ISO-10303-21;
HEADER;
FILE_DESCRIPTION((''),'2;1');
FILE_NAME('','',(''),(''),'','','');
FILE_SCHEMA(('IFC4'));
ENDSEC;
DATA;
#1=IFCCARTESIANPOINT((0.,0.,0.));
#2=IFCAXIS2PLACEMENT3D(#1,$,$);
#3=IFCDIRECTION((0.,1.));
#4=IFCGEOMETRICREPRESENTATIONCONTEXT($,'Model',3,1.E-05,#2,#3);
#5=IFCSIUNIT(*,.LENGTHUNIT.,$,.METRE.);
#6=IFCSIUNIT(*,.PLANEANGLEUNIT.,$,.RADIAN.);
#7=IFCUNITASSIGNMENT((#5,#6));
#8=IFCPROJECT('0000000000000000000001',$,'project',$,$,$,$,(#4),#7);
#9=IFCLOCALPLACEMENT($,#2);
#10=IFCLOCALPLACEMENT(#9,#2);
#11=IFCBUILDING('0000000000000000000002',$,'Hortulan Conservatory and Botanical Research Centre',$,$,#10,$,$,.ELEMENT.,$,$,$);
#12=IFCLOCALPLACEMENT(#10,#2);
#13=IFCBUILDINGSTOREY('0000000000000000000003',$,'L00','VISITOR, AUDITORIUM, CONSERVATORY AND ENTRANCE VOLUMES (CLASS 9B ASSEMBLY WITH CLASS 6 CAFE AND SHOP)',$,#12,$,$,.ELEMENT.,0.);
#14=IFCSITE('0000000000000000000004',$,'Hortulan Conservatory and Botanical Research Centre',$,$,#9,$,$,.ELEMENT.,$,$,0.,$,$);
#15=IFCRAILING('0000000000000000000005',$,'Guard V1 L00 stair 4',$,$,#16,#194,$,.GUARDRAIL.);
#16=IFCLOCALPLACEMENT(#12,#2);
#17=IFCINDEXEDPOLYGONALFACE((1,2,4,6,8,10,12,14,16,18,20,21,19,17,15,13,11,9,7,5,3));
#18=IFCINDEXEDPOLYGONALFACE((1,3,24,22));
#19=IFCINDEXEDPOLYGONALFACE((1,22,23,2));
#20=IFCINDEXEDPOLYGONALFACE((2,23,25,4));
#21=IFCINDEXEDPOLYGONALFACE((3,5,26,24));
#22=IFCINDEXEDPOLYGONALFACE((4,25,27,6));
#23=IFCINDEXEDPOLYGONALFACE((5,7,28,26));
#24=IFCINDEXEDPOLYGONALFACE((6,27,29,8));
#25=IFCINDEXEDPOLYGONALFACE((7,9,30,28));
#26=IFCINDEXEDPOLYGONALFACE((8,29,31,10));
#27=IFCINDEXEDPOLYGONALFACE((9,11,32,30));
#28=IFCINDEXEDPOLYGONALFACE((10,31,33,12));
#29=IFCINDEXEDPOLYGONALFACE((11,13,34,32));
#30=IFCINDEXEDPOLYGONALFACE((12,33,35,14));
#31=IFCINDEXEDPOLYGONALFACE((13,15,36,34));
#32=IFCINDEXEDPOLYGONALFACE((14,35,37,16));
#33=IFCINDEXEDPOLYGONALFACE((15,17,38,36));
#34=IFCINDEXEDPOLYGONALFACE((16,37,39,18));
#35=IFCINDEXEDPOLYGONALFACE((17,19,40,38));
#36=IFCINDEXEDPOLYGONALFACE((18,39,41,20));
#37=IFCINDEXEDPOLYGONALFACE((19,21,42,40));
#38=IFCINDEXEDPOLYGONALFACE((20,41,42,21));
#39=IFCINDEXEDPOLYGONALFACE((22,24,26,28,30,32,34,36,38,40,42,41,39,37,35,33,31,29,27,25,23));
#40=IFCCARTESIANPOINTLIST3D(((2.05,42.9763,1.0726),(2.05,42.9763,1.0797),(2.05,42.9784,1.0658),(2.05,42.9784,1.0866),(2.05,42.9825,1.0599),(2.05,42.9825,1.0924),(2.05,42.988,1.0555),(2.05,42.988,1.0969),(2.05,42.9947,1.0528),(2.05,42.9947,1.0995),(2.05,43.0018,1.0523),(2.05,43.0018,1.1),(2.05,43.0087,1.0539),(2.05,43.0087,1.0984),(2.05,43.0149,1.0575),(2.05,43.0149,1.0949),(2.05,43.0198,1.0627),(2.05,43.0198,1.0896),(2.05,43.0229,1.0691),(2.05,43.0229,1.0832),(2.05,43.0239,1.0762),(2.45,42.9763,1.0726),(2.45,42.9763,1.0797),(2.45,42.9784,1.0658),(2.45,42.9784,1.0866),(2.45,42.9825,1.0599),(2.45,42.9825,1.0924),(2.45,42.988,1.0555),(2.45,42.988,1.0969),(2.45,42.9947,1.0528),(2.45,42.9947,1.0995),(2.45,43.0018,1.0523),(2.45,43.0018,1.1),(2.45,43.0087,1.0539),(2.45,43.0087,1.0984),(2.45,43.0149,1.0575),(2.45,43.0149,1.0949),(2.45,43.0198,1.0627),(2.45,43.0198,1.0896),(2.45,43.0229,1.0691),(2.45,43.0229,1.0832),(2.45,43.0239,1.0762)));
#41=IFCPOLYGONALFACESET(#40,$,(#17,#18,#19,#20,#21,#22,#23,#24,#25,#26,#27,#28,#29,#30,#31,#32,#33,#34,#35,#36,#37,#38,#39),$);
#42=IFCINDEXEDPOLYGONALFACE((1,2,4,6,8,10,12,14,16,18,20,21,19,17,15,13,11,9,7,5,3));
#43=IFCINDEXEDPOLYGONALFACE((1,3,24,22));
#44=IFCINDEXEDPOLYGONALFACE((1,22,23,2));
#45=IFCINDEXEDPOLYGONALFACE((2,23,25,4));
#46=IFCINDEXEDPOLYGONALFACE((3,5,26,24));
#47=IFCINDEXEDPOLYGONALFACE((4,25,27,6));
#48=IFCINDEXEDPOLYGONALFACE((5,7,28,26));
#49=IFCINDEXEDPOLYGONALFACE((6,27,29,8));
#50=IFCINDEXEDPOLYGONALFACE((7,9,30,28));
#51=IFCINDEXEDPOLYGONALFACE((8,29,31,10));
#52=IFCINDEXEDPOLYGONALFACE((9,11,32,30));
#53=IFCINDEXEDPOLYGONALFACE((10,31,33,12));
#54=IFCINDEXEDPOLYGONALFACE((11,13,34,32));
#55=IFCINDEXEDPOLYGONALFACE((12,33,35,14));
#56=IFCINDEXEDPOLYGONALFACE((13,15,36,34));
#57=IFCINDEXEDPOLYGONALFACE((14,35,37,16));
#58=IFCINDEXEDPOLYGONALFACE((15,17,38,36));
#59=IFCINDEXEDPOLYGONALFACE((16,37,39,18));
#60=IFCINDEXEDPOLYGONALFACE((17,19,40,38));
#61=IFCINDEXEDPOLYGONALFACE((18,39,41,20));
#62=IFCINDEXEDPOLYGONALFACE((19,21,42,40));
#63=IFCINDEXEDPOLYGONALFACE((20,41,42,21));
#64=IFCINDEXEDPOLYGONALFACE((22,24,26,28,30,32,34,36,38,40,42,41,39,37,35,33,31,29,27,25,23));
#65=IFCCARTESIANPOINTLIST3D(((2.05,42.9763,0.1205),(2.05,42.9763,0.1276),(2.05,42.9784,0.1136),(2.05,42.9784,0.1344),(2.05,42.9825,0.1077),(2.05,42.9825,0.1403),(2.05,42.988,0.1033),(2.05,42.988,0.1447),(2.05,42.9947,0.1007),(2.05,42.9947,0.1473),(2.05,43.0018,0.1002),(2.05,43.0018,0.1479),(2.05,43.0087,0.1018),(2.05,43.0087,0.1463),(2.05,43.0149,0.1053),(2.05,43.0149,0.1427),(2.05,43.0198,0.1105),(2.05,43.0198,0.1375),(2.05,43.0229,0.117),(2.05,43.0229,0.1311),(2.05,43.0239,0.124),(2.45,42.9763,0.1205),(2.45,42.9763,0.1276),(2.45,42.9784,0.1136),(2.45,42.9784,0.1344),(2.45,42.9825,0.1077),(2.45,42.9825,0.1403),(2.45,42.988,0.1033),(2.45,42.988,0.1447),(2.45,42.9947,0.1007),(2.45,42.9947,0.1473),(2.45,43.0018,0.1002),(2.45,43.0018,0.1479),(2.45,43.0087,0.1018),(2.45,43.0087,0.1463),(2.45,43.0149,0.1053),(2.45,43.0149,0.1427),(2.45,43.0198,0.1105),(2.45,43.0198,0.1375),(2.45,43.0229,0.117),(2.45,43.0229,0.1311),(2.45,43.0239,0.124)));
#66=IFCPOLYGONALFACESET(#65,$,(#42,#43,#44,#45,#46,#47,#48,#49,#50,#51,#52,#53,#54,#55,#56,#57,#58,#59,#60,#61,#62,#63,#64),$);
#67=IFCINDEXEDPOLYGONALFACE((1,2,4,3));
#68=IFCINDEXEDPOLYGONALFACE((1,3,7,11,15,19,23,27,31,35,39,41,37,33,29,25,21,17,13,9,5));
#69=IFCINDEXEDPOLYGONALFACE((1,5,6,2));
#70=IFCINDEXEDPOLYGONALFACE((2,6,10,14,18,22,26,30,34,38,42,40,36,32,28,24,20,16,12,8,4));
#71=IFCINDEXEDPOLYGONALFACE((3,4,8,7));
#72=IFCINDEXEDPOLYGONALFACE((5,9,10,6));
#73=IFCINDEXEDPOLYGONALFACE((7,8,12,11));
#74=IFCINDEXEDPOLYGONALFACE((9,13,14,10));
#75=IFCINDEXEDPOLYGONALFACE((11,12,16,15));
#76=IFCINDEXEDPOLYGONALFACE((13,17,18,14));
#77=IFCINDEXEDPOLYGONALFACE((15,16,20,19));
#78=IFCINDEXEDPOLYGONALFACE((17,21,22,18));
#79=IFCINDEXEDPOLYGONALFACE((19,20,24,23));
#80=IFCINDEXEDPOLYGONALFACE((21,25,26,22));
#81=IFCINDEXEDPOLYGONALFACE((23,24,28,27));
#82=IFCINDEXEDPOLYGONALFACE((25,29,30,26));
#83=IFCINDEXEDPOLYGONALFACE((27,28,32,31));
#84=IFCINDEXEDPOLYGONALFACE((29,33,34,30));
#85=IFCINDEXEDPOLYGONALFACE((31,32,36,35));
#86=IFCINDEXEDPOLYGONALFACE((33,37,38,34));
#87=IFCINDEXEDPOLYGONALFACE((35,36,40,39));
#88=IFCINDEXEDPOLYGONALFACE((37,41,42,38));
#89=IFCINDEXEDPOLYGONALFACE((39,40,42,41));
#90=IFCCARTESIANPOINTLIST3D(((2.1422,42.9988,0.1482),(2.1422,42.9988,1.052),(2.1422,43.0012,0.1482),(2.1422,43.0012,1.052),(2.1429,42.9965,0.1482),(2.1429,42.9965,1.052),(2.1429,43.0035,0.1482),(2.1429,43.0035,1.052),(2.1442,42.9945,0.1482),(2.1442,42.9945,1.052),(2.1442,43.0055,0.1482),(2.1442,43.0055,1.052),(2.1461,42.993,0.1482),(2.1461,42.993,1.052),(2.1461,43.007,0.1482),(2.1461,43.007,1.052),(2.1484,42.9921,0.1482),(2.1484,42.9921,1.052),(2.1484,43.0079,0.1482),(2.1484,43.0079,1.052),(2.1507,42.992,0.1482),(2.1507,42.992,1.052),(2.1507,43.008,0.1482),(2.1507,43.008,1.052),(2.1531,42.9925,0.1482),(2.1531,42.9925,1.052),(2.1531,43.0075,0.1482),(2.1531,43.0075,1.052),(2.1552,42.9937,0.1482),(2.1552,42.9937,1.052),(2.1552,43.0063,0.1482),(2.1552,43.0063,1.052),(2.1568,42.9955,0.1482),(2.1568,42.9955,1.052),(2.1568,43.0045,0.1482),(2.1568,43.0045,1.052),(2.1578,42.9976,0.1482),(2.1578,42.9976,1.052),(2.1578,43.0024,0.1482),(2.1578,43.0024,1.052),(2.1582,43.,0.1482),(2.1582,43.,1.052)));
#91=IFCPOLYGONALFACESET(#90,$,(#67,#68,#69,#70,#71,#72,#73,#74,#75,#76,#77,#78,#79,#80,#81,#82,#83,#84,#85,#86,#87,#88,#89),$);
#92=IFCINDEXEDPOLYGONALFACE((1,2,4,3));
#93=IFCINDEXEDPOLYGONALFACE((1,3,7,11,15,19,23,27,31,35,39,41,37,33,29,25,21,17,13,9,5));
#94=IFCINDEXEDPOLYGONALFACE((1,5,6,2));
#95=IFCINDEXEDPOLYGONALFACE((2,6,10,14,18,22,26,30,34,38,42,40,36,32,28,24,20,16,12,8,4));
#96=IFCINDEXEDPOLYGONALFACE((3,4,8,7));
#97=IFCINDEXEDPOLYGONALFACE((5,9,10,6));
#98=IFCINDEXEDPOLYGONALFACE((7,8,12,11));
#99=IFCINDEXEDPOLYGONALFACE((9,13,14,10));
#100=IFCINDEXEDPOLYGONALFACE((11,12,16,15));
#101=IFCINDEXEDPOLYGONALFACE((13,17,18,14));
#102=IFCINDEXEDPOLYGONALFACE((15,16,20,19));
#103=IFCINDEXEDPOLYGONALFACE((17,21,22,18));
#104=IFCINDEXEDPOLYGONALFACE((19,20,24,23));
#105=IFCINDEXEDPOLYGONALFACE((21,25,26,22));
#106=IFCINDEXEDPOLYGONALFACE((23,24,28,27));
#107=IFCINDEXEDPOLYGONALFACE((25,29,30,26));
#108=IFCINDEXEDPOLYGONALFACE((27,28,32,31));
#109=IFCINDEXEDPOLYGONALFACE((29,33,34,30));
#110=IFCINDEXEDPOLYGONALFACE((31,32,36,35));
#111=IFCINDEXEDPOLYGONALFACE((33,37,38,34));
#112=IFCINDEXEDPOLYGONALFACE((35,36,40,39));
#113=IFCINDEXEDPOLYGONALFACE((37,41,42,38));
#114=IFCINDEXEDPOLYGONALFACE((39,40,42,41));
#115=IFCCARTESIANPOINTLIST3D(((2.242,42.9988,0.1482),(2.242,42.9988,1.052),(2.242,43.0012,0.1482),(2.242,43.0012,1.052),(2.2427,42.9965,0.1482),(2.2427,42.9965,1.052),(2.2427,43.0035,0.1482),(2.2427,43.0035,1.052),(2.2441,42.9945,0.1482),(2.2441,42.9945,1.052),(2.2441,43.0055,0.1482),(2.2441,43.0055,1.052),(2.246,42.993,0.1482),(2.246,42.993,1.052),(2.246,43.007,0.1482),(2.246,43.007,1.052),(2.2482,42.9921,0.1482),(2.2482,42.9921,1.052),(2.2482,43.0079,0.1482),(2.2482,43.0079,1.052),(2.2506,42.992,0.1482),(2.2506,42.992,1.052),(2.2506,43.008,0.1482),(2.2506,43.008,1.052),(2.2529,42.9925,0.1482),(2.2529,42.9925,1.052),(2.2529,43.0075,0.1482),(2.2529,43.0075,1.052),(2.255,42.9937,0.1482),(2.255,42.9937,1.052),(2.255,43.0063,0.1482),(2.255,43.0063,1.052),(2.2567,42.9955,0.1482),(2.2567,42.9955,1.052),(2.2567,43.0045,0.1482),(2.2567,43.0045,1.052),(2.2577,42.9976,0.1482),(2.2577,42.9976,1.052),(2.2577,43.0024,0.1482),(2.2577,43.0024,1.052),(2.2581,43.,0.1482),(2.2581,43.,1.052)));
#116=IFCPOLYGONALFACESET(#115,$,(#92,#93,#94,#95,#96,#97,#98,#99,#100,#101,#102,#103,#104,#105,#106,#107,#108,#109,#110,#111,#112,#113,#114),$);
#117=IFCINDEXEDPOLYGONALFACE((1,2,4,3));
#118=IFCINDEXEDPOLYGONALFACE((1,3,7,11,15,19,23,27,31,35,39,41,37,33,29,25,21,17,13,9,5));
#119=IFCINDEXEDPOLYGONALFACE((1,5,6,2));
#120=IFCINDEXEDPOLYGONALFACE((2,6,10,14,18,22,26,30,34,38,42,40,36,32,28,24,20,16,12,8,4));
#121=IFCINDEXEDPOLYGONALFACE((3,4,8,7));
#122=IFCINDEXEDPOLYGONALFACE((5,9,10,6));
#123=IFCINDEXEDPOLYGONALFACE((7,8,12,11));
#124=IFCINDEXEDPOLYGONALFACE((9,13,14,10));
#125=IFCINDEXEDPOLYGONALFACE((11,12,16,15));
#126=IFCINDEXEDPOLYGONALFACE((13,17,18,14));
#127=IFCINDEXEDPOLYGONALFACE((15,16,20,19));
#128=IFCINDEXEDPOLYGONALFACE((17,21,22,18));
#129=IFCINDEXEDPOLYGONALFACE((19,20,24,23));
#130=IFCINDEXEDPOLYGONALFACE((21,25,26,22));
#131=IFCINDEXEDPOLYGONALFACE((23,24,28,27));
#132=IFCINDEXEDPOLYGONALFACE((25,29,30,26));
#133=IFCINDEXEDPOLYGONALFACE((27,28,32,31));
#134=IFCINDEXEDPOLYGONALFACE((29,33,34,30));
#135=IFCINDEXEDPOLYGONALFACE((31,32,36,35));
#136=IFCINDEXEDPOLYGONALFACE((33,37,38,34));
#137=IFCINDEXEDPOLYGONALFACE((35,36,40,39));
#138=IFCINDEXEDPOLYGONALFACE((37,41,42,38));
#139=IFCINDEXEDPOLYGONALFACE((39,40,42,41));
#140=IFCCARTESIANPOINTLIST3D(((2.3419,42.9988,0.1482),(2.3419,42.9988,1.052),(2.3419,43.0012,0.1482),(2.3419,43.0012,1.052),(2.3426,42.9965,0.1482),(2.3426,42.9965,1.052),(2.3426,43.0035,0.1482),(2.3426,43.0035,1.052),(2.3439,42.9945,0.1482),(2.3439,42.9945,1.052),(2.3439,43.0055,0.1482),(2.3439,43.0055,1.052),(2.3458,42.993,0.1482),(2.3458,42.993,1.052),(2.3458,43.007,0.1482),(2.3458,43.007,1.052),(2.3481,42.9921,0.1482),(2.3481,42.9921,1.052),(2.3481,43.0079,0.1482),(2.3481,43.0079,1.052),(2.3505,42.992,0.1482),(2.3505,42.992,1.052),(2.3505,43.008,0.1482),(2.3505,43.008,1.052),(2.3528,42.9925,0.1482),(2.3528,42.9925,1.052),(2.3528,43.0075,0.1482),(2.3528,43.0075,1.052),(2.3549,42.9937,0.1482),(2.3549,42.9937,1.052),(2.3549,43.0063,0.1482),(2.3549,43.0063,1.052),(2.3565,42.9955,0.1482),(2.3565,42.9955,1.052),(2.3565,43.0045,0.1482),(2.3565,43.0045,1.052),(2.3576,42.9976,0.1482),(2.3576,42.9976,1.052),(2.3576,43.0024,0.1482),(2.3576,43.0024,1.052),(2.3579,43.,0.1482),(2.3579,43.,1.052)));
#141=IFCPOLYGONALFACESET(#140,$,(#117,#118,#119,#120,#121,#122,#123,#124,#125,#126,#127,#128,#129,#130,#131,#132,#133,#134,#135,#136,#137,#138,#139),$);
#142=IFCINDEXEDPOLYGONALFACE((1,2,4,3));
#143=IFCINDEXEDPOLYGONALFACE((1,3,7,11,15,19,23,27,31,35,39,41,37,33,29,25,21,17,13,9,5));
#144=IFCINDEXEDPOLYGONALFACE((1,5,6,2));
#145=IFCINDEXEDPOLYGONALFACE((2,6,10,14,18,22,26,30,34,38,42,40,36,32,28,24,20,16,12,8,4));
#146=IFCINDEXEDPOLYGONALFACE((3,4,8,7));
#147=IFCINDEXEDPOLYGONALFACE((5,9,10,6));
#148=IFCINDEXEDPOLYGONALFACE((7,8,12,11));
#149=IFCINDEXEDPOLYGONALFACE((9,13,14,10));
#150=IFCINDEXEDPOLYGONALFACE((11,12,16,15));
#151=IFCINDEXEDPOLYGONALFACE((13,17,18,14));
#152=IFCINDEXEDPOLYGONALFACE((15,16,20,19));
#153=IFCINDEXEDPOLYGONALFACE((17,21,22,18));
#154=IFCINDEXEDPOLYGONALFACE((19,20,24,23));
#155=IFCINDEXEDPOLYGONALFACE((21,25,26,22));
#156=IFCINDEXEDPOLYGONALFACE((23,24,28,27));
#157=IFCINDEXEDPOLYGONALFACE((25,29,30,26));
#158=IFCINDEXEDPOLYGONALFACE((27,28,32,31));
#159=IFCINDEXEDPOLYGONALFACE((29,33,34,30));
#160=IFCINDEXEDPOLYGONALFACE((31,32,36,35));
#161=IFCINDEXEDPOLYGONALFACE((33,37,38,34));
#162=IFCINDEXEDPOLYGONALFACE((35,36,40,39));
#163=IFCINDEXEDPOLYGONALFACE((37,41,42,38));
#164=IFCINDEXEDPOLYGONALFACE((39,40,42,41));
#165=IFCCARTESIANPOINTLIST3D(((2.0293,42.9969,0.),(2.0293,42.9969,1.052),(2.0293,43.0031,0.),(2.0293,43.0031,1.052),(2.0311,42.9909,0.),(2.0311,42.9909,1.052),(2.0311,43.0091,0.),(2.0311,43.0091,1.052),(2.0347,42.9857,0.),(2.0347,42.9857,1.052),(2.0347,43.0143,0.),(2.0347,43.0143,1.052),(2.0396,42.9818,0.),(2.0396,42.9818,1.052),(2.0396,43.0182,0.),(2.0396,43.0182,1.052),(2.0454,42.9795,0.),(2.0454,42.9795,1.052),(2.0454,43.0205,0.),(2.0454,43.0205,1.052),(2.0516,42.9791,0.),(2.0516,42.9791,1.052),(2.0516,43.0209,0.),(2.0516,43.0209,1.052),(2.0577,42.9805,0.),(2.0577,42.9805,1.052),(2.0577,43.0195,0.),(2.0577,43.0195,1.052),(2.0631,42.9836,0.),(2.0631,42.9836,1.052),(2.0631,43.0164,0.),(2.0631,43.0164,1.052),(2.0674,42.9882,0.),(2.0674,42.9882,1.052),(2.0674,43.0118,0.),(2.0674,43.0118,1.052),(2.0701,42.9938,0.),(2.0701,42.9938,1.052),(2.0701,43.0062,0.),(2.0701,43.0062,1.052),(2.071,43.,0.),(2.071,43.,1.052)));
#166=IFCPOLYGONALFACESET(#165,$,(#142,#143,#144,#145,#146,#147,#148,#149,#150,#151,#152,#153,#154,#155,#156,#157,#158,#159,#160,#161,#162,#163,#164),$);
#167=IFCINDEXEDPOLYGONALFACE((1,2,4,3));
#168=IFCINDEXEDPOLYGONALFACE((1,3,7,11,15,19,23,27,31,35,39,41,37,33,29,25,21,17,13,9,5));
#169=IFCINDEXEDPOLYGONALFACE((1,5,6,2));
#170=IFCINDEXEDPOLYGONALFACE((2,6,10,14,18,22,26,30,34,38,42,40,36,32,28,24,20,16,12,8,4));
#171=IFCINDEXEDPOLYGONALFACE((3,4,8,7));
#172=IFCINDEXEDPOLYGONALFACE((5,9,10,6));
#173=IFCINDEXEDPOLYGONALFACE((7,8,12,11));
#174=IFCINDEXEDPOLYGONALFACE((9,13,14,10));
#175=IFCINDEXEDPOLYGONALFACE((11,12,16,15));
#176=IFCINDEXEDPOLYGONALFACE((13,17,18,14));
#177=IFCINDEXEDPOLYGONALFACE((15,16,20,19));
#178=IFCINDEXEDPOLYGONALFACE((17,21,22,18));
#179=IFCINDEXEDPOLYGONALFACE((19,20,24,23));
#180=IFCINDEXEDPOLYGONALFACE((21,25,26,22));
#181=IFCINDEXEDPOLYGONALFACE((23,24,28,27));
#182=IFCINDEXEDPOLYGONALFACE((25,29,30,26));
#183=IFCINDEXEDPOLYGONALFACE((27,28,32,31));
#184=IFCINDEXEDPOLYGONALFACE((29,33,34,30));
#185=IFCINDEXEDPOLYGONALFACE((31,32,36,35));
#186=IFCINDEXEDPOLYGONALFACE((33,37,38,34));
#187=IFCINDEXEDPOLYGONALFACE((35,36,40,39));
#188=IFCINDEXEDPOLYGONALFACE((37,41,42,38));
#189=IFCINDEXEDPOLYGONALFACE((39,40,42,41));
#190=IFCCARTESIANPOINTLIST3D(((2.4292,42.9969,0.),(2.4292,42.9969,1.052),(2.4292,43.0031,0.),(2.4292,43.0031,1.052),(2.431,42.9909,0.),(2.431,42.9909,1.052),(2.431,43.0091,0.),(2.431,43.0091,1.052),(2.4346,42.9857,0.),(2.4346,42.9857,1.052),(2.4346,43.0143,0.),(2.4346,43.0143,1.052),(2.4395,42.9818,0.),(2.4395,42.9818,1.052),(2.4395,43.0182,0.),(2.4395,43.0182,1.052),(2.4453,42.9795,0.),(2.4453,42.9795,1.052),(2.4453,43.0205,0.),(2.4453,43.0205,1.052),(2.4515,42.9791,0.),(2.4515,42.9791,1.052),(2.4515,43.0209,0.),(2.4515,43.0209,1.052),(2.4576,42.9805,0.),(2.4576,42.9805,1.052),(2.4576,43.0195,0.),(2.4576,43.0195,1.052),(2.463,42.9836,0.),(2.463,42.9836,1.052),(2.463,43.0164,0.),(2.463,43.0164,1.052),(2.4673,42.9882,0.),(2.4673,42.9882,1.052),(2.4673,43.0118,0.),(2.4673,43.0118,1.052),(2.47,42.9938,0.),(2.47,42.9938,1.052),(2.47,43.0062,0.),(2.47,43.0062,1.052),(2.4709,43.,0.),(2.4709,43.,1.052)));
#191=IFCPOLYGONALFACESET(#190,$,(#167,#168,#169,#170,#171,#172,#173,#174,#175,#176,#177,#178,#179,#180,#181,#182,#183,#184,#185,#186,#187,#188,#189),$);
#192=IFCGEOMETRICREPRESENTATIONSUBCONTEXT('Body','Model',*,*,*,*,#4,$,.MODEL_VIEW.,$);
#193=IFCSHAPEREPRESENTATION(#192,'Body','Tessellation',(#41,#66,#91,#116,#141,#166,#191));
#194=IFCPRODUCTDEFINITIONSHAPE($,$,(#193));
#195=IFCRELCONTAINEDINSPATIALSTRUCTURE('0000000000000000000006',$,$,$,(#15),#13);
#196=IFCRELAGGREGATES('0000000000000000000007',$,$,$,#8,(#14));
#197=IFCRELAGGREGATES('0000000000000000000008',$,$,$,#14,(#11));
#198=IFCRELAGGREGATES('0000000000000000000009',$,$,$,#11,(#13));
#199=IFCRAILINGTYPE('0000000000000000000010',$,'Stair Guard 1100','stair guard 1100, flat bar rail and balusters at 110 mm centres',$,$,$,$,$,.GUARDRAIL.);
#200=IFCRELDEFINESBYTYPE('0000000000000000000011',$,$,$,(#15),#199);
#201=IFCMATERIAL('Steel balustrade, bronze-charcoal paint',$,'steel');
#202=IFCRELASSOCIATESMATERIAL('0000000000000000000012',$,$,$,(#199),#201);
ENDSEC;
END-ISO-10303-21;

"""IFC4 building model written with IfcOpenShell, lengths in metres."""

from ifc_helpers import new_model, si_unit, direction, frame, origin, origin_2d, place, context, subcontext, project, spatial, circle, extrude, material, type_object, element, save


model = new_model("IFC4")

# Units and contexts
model_context = context("Model", 3, precision=1e-05, world=origin(), true_north=direction((0.0, 1.0)))
body_context = subcontext(model_context, "Body", "Model", "MODEL_VIEW")
ifc_project = project(units=[si_unit("LENGTHUNIT", "METRE"), si_unit("PLANEANGLEUNIT", "RADIAN")], contexts=[model_context])

# Site, building, storey
site_placement = place(None, origin())
site = spatial("IfcSite", under=ifc_project, at=site_placement, Name="Hortulan Conservatory and Botanical Research Centre", CompositionType="ELEMENT", RefElevation=0.0)
building_placement = place(site_placement, origin())
building = spatial("IfcBuilding", under=site, at=building_placement, Name="Hortulan Conservatory and Botanical Research Centre", CompositionType="ELEMENT")
storey_placement = place(building_placement, origin())
storey = spatial("IfcBuildingStorey", under=building, at=storey_placement, Name="L00", Description="VISITOR, AUDITORIUM, CONSERVATORY AND ENTRANCE VOLUMES (CLASS 9B ASSEMBLY WITH CLASS 6 CAFE AND SHOP)", CompositionType="ELEMENT", Elevation=0.0)

# Railing
ifc_material_1 = material(Name="Steel balustrade, bronze-charcoal paint", Category="steel")
railing_type_1 = type_object("IfcRailingType", Name="Stair Guard 1100", Description="stair guard 1100, flat bar rail and balusters at 110 mm centres", PredefinedType="GUARDRAIL", material=ifc_material_1)
railing_1_placement = place(storey_placement, frame((2.05, 43.0, 0.0)))
element("IfcRailing", 1, at=railing_1_placement, inside=storey, type_object=railing_type_1, Name="Guard V1 L00 stair 4", PredefinedType="GUARDRAIL", context=body_context, shape_type="SweptSolid", body=[
    extrude(circle(Radius=0.0239, at=origin_2d()), frame((0.0, 0.0, 1.0762), z_axis=(1.0, 0.0, 0.0), x_axis=(0.0, 1.0, 0.0)), (0.0, 0.0, 1.0), 0.3999),
    extrude(circle(Radius=0.0239, at=origin_2d()), frame((0.0, 0.0, 0.124), z_axis=(1.0, 0.0, 0.0), x_axis=(0.0, 1.0, 0.0)), (0.0, 0.0, 1.0), 0.3999),
    extrude(circle(Radius=0.0081, at=origin_2d()), frame((0.1001, 0.0, 0.1482)), (0.0, 0.0, 1.0), 0.9038),
    extrude(circle(Radius=0.0081, at=origin_2d()), frame((0.2, 0.0, 0.1482)), (0.0, 0.0, 1.0), 0.9038),
    extrude(circle(Radius=0.0081, at=origin_2d()), frame((0.2998, 0.0, 0.1482)), (0.0, 0.0, 1.0), 0.9038),
    extrude(circle(Radius=0.021, at=origin_2d()), origin(), (0.0, 0.0, 1.0), 1.052),
    extrude(circle(Radius=0.021, at=origin_2d()), frame((0.3999, 0.0, 0.0)), (0.0, 0.0, 1.0), 1.052),
])

save(model, "model.ifc")
